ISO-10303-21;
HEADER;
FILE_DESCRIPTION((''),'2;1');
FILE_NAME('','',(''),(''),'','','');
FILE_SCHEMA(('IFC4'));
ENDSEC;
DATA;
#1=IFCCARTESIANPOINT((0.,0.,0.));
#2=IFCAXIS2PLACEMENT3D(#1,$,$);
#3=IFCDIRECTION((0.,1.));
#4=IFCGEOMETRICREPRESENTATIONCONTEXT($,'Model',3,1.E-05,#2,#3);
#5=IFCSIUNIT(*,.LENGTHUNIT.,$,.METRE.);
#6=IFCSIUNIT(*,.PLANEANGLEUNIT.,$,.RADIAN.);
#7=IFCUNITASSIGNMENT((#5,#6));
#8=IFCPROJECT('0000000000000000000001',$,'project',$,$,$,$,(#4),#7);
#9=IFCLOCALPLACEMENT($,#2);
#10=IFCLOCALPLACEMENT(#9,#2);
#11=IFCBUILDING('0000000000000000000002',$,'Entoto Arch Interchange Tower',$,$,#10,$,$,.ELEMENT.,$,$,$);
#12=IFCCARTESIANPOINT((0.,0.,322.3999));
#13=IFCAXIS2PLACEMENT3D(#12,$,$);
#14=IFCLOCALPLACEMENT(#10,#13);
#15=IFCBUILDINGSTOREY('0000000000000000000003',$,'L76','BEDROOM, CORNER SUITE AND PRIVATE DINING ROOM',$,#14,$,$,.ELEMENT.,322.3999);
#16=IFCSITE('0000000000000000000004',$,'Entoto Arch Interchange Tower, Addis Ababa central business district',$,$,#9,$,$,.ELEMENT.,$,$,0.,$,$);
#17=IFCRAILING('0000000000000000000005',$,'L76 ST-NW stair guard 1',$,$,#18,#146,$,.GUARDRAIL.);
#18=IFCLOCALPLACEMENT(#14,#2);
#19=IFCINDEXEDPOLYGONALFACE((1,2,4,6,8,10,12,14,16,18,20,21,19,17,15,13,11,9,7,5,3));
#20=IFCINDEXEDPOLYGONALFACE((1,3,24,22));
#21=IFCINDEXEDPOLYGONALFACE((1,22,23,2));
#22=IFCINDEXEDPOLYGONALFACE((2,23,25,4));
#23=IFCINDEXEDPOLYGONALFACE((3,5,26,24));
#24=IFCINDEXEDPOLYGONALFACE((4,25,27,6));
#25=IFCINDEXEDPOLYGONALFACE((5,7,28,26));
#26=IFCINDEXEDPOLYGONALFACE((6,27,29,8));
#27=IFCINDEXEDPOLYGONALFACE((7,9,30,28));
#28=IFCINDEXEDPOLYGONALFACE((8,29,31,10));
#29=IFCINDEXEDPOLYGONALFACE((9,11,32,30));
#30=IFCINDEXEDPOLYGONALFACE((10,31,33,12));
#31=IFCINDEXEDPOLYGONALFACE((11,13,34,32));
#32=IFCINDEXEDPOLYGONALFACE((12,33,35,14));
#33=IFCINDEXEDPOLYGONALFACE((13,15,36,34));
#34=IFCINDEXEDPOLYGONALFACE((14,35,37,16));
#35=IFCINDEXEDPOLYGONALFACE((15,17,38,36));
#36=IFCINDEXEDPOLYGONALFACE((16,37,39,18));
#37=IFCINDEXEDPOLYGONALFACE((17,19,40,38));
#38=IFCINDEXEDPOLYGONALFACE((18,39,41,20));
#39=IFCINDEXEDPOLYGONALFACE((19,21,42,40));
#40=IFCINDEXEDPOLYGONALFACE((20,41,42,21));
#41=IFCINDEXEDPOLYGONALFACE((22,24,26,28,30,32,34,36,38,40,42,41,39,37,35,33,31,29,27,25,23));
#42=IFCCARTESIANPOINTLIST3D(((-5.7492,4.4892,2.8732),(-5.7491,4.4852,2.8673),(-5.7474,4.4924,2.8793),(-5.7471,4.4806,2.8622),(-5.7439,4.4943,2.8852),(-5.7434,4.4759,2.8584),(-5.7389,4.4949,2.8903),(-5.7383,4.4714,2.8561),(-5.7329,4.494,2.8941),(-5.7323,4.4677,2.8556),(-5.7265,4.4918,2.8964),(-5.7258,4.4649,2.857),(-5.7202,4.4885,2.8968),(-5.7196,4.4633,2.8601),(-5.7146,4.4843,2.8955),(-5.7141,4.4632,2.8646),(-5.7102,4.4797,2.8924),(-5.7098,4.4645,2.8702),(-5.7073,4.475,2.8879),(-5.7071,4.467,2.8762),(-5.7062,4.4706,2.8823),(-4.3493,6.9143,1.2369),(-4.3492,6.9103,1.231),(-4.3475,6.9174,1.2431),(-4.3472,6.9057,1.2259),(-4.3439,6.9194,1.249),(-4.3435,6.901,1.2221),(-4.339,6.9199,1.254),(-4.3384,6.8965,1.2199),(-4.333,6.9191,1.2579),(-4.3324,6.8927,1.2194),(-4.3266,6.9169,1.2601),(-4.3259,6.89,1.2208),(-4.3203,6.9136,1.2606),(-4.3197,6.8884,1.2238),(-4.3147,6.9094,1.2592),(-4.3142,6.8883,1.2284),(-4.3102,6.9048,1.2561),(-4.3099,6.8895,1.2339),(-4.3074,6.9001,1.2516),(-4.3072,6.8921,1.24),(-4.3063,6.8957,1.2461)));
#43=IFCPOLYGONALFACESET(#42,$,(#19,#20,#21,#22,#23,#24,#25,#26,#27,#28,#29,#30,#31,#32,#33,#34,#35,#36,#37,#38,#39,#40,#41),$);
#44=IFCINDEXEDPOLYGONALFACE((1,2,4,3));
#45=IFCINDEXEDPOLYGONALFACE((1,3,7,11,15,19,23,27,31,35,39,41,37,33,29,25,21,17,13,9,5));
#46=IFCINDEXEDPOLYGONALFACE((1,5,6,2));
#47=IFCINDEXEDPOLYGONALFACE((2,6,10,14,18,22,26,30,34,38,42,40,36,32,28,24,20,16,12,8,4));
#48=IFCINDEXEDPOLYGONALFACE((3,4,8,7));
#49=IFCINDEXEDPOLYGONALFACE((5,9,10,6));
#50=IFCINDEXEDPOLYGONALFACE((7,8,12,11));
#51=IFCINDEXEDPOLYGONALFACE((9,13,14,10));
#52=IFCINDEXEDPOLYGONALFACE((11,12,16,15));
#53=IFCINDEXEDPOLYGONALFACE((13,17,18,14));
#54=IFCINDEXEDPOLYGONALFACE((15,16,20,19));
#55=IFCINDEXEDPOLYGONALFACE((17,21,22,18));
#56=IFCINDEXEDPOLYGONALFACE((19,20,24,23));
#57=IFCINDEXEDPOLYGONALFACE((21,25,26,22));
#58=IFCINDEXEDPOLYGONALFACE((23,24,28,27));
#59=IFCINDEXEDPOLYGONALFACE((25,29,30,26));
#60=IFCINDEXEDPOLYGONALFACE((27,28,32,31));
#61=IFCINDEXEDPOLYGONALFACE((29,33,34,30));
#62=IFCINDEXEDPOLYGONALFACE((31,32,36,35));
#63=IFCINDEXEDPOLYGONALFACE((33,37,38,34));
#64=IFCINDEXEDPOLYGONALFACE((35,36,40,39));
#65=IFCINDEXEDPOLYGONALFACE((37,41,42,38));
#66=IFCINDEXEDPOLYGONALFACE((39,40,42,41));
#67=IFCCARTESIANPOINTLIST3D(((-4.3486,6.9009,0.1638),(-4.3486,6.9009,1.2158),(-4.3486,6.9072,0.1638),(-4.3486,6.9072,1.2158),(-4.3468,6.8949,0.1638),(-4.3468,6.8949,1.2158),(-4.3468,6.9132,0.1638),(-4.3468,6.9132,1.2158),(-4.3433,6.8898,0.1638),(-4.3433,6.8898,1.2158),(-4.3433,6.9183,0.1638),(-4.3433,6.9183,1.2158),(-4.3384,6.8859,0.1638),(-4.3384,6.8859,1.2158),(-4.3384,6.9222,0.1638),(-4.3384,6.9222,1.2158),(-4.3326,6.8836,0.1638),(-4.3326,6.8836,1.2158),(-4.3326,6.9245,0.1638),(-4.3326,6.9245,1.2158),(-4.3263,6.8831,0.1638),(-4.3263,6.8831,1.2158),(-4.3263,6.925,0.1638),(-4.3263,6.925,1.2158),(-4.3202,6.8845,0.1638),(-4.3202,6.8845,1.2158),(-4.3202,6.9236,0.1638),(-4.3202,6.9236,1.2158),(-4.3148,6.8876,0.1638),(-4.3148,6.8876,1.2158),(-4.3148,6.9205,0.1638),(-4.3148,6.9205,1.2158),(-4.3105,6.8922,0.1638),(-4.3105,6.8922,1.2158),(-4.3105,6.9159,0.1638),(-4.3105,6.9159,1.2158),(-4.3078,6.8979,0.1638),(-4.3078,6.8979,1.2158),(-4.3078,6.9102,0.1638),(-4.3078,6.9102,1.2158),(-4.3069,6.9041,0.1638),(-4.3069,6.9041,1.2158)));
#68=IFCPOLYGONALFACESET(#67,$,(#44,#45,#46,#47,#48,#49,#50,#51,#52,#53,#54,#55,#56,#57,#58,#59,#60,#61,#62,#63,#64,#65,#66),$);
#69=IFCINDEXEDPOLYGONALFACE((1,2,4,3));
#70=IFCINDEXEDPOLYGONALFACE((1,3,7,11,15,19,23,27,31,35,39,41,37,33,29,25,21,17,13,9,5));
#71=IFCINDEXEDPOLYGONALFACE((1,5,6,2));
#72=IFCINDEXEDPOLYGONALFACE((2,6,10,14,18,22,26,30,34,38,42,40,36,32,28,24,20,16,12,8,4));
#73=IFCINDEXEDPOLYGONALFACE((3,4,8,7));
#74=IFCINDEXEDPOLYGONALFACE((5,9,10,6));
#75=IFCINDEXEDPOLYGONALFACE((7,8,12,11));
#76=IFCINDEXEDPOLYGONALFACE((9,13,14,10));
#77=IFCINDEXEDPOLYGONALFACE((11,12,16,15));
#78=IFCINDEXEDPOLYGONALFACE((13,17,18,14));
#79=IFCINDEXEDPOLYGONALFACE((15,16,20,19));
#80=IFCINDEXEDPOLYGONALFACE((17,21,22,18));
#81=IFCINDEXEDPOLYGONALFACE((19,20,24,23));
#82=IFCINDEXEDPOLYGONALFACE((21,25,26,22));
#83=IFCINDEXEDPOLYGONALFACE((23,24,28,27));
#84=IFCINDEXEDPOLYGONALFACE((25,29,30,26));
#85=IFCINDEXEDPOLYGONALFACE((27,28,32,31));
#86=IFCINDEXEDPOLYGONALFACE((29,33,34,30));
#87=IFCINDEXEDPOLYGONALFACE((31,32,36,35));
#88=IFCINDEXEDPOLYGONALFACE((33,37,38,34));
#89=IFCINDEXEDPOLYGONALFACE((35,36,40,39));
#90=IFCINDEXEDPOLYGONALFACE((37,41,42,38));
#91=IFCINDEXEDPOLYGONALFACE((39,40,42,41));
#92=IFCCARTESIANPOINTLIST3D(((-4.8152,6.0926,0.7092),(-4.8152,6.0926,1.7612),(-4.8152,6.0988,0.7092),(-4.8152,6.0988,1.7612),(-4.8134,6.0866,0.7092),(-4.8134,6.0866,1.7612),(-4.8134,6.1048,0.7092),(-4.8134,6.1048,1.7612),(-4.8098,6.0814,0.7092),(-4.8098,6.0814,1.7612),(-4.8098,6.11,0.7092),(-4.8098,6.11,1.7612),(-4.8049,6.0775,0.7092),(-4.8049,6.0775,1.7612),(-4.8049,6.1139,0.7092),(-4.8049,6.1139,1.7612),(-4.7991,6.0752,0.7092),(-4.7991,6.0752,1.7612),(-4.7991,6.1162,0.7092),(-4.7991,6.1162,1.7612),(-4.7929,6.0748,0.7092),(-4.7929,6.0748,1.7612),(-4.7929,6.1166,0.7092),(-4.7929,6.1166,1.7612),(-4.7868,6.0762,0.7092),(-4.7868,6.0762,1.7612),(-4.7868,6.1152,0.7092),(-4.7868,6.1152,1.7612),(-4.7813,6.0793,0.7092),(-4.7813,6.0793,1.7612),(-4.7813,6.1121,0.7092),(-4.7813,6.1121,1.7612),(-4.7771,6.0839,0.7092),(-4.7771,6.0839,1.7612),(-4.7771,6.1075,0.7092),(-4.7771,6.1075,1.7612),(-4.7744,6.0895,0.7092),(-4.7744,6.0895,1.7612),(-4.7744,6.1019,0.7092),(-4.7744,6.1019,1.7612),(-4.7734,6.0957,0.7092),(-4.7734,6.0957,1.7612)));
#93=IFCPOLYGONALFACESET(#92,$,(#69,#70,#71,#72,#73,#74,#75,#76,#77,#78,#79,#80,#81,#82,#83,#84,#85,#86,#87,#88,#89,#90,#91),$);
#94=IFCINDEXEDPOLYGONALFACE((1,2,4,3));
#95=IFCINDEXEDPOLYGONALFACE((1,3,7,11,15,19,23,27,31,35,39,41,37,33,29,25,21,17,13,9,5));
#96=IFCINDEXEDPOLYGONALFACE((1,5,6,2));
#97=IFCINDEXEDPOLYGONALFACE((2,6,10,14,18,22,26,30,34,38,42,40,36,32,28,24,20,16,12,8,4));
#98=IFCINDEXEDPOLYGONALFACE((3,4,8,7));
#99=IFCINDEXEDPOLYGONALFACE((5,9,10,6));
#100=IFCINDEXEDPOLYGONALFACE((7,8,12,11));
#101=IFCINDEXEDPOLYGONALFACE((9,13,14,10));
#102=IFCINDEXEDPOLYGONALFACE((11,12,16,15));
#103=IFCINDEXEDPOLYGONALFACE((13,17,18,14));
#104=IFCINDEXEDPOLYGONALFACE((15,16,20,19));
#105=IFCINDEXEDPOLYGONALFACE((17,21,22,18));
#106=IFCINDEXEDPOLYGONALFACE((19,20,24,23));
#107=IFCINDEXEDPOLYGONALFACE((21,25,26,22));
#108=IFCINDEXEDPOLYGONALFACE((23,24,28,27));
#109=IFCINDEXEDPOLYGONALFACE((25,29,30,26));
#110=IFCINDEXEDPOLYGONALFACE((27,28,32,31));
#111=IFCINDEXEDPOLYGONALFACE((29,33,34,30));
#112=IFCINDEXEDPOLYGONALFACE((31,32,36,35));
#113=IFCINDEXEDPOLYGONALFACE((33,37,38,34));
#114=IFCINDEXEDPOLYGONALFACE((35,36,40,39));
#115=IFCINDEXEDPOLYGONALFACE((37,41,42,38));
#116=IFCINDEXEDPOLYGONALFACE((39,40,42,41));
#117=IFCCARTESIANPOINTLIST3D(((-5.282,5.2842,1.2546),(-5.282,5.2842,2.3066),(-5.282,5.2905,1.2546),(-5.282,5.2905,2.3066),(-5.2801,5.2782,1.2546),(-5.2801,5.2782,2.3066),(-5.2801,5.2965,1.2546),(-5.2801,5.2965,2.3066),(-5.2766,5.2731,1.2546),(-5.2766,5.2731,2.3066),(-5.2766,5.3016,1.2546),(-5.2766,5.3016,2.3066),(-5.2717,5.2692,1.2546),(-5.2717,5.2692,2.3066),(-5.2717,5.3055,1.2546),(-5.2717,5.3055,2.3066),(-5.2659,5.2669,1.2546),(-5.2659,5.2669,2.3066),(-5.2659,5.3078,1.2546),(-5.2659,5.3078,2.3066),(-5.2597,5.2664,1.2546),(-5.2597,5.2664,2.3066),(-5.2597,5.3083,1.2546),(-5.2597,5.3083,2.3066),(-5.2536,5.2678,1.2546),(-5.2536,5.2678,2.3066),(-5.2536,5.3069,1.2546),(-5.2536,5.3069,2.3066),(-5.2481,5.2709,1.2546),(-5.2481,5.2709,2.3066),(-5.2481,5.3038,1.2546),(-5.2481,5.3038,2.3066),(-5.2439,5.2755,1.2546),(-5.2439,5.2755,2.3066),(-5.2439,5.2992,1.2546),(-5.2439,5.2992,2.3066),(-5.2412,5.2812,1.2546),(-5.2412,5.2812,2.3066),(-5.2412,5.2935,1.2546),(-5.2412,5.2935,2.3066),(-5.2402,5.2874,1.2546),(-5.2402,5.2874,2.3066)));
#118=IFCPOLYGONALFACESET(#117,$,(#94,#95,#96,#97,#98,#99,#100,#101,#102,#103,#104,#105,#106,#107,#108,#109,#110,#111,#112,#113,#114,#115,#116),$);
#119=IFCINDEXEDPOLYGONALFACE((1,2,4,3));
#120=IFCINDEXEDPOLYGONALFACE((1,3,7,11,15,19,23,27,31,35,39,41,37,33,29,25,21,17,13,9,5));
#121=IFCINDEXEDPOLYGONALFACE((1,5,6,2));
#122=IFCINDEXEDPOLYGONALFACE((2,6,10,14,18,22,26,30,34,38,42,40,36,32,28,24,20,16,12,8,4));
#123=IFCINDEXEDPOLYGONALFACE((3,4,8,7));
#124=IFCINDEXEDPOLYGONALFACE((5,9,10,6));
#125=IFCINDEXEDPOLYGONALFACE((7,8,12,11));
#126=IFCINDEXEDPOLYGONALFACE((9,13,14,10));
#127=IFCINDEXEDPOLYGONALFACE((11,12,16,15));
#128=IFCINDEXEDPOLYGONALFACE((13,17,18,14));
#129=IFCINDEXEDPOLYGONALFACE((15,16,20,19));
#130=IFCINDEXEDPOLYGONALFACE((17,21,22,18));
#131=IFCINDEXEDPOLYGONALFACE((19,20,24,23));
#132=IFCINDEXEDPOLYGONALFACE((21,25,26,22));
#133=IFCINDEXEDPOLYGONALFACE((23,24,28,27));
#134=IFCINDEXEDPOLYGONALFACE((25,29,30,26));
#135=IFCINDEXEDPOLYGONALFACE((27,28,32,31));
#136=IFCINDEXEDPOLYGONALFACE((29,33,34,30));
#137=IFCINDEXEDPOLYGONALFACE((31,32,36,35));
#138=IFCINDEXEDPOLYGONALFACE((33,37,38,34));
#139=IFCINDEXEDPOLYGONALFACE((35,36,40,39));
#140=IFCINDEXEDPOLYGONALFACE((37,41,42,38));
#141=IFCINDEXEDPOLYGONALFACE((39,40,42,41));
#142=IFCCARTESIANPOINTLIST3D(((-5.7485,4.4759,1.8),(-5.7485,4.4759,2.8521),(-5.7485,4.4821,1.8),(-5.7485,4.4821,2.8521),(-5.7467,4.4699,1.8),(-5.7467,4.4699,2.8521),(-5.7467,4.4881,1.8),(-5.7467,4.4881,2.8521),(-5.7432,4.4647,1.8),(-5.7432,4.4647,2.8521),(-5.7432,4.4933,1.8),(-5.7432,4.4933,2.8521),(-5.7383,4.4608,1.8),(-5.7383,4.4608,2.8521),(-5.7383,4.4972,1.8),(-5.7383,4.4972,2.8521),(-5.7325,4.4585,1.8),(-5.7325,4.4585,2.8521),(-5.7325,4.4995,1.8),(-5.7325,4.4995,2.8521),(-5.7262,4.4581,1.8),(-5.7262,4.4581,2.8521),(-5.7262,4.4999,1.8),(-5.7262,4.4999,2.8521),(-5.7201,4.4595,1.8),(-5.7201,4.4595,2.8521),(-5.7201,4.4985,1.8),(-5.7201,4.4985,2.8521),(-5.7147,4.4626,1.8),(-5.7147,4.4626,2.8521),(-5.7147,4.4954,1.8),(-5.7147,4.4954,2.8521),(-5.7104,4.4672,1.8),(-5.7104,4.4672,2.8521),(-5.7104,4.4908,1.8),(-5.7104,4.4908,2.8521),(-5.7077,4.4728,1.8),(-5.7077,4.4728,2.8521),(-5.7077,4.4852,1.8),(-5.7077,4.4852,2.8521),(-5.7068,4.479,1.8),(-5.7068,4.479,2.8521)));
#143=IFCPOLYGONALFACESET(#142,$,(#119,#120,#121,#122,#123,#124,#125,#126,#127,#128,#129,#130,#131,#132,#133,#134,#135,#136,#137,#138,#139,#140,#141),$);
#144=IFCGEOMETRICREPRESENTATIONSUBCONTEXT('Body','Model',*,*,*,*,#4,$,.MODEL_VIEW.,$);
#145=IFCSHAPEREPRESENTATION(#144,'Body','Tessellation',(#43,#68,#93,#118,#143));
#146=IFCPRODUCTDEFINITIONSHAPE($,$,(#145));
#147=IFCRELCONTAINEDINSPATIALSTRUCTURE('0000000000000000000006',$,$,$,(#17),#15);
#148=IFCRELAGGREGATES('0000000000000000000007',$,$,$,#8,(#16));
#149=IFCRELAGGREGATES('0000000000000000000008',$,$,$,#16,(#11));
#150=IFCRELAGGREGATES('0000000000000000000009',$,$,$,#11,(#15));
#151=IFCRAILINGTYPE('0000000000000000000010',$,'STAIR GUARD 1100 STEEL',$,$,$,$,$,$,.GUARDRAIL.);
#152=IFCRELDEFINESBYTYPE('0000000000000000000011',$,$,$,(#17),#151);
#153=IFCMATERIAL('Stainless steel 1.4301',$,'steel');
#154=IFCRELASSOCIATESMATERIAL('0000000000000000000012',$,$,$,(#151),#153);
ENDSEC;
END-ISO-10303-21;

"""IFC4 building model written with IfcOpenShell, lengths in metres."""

from ifc_helpers import new_model, si_unit, direction, frame, origin, origin_2d, place, context, subcontext, project, spatial, circle, extrude, material, type_object, element, save


model = new_model("IFC4")

# Units and contexts
model_context = context("Model", 3, precision=1e-05, world=origin(), true_north=direction((0.0, 1.0)))
body_context = subcontext(model_context, "Body", "Model", "MODEL_VIEW")
ifc_project = project(units=[si_unit("LENGTHUNIT", "METRE"), si_unit("PLANEANGLEUNIT", "RADIAN")], contexts=[model_context])

# Site, building, storey
site_placement = place(None, origin())
site = spatial("IfcSite", under=ifc_project, at=site_placement, Name="Entoto Arch Interchange Tower, Addis Ababa central business district", CompositionType="ELEMENT", RefElevation=0.0)
building_placement = place(site_placement, origin())
building = spatial("IfcBuilding", under=site, at=building_placement, Name="Entoto Arch Interchange Tower", CompositionType="ELEMENT")
storey_placement = place(building_placement, frame((0.0, 0.0, 322.3999)))
storey = spatial("IfcBuildingStorey", under=building, at=storey_placement, Name="L76", Description="BEDROOM, CORNER SUITE AND PRIVATE DINING ROOM", CompositionType="ELEMENT", Elevation=322.3999)

# Railing
ifc_material_1 = material(Name="Stainless steel 1.4301", Category="steel")
railing_type_1 = type_object("IfcRailingType", Name="STAIR GUARD 1100 STEEL", PredefinedType="GUARDRAIL", material=ifc_material_1)
railing_1_placement = place(storey_placement, frame((-4.3279, 6.9041, 0.1638)))
element("IfcRailing", 1, at=railing_1_placement, inside=storey, type_object=railing_type_1, Name="L76 ST-NW stair guard 1", PredefinedType="GUARDRAIL", context=body_context, shape_type="SweptSolid", body=[
    extrude(circle(Radius=0.0239, at=origin_2d()), frame((0.0, 0.0, 1.0762), z_axis=(-0.431653, -0.747751, 0.504523), x_axis=(0.866056, -0.499946, 0.0)), (0.0, 0.0, 1.0), 3.2432),
    extrude(circle(Radius=0.021, at=origin_2d()), origin(), (0.0, 0.0, 1.0), 1.052),
    extrude(circle(Radius=0.021, at=origin_2d()), frame((-0.4666, -0.8083, 0.5454)), (0.0, 0.0, 1.0), 1.052),
    extrude(circle(Radius=0.021, at=origin_2d()), frame((-0.9333, -1.6167, 1.0908)), (0.0, 0.0, 1.0), 1.052),
    extrude(circle(Radius=0.021, at=origin_2d()), frame((-1.3999, -2.425, 1.6362)), (0.0, 0.0, 1.0), 1.052),
])

save(model, "model.ifc")
